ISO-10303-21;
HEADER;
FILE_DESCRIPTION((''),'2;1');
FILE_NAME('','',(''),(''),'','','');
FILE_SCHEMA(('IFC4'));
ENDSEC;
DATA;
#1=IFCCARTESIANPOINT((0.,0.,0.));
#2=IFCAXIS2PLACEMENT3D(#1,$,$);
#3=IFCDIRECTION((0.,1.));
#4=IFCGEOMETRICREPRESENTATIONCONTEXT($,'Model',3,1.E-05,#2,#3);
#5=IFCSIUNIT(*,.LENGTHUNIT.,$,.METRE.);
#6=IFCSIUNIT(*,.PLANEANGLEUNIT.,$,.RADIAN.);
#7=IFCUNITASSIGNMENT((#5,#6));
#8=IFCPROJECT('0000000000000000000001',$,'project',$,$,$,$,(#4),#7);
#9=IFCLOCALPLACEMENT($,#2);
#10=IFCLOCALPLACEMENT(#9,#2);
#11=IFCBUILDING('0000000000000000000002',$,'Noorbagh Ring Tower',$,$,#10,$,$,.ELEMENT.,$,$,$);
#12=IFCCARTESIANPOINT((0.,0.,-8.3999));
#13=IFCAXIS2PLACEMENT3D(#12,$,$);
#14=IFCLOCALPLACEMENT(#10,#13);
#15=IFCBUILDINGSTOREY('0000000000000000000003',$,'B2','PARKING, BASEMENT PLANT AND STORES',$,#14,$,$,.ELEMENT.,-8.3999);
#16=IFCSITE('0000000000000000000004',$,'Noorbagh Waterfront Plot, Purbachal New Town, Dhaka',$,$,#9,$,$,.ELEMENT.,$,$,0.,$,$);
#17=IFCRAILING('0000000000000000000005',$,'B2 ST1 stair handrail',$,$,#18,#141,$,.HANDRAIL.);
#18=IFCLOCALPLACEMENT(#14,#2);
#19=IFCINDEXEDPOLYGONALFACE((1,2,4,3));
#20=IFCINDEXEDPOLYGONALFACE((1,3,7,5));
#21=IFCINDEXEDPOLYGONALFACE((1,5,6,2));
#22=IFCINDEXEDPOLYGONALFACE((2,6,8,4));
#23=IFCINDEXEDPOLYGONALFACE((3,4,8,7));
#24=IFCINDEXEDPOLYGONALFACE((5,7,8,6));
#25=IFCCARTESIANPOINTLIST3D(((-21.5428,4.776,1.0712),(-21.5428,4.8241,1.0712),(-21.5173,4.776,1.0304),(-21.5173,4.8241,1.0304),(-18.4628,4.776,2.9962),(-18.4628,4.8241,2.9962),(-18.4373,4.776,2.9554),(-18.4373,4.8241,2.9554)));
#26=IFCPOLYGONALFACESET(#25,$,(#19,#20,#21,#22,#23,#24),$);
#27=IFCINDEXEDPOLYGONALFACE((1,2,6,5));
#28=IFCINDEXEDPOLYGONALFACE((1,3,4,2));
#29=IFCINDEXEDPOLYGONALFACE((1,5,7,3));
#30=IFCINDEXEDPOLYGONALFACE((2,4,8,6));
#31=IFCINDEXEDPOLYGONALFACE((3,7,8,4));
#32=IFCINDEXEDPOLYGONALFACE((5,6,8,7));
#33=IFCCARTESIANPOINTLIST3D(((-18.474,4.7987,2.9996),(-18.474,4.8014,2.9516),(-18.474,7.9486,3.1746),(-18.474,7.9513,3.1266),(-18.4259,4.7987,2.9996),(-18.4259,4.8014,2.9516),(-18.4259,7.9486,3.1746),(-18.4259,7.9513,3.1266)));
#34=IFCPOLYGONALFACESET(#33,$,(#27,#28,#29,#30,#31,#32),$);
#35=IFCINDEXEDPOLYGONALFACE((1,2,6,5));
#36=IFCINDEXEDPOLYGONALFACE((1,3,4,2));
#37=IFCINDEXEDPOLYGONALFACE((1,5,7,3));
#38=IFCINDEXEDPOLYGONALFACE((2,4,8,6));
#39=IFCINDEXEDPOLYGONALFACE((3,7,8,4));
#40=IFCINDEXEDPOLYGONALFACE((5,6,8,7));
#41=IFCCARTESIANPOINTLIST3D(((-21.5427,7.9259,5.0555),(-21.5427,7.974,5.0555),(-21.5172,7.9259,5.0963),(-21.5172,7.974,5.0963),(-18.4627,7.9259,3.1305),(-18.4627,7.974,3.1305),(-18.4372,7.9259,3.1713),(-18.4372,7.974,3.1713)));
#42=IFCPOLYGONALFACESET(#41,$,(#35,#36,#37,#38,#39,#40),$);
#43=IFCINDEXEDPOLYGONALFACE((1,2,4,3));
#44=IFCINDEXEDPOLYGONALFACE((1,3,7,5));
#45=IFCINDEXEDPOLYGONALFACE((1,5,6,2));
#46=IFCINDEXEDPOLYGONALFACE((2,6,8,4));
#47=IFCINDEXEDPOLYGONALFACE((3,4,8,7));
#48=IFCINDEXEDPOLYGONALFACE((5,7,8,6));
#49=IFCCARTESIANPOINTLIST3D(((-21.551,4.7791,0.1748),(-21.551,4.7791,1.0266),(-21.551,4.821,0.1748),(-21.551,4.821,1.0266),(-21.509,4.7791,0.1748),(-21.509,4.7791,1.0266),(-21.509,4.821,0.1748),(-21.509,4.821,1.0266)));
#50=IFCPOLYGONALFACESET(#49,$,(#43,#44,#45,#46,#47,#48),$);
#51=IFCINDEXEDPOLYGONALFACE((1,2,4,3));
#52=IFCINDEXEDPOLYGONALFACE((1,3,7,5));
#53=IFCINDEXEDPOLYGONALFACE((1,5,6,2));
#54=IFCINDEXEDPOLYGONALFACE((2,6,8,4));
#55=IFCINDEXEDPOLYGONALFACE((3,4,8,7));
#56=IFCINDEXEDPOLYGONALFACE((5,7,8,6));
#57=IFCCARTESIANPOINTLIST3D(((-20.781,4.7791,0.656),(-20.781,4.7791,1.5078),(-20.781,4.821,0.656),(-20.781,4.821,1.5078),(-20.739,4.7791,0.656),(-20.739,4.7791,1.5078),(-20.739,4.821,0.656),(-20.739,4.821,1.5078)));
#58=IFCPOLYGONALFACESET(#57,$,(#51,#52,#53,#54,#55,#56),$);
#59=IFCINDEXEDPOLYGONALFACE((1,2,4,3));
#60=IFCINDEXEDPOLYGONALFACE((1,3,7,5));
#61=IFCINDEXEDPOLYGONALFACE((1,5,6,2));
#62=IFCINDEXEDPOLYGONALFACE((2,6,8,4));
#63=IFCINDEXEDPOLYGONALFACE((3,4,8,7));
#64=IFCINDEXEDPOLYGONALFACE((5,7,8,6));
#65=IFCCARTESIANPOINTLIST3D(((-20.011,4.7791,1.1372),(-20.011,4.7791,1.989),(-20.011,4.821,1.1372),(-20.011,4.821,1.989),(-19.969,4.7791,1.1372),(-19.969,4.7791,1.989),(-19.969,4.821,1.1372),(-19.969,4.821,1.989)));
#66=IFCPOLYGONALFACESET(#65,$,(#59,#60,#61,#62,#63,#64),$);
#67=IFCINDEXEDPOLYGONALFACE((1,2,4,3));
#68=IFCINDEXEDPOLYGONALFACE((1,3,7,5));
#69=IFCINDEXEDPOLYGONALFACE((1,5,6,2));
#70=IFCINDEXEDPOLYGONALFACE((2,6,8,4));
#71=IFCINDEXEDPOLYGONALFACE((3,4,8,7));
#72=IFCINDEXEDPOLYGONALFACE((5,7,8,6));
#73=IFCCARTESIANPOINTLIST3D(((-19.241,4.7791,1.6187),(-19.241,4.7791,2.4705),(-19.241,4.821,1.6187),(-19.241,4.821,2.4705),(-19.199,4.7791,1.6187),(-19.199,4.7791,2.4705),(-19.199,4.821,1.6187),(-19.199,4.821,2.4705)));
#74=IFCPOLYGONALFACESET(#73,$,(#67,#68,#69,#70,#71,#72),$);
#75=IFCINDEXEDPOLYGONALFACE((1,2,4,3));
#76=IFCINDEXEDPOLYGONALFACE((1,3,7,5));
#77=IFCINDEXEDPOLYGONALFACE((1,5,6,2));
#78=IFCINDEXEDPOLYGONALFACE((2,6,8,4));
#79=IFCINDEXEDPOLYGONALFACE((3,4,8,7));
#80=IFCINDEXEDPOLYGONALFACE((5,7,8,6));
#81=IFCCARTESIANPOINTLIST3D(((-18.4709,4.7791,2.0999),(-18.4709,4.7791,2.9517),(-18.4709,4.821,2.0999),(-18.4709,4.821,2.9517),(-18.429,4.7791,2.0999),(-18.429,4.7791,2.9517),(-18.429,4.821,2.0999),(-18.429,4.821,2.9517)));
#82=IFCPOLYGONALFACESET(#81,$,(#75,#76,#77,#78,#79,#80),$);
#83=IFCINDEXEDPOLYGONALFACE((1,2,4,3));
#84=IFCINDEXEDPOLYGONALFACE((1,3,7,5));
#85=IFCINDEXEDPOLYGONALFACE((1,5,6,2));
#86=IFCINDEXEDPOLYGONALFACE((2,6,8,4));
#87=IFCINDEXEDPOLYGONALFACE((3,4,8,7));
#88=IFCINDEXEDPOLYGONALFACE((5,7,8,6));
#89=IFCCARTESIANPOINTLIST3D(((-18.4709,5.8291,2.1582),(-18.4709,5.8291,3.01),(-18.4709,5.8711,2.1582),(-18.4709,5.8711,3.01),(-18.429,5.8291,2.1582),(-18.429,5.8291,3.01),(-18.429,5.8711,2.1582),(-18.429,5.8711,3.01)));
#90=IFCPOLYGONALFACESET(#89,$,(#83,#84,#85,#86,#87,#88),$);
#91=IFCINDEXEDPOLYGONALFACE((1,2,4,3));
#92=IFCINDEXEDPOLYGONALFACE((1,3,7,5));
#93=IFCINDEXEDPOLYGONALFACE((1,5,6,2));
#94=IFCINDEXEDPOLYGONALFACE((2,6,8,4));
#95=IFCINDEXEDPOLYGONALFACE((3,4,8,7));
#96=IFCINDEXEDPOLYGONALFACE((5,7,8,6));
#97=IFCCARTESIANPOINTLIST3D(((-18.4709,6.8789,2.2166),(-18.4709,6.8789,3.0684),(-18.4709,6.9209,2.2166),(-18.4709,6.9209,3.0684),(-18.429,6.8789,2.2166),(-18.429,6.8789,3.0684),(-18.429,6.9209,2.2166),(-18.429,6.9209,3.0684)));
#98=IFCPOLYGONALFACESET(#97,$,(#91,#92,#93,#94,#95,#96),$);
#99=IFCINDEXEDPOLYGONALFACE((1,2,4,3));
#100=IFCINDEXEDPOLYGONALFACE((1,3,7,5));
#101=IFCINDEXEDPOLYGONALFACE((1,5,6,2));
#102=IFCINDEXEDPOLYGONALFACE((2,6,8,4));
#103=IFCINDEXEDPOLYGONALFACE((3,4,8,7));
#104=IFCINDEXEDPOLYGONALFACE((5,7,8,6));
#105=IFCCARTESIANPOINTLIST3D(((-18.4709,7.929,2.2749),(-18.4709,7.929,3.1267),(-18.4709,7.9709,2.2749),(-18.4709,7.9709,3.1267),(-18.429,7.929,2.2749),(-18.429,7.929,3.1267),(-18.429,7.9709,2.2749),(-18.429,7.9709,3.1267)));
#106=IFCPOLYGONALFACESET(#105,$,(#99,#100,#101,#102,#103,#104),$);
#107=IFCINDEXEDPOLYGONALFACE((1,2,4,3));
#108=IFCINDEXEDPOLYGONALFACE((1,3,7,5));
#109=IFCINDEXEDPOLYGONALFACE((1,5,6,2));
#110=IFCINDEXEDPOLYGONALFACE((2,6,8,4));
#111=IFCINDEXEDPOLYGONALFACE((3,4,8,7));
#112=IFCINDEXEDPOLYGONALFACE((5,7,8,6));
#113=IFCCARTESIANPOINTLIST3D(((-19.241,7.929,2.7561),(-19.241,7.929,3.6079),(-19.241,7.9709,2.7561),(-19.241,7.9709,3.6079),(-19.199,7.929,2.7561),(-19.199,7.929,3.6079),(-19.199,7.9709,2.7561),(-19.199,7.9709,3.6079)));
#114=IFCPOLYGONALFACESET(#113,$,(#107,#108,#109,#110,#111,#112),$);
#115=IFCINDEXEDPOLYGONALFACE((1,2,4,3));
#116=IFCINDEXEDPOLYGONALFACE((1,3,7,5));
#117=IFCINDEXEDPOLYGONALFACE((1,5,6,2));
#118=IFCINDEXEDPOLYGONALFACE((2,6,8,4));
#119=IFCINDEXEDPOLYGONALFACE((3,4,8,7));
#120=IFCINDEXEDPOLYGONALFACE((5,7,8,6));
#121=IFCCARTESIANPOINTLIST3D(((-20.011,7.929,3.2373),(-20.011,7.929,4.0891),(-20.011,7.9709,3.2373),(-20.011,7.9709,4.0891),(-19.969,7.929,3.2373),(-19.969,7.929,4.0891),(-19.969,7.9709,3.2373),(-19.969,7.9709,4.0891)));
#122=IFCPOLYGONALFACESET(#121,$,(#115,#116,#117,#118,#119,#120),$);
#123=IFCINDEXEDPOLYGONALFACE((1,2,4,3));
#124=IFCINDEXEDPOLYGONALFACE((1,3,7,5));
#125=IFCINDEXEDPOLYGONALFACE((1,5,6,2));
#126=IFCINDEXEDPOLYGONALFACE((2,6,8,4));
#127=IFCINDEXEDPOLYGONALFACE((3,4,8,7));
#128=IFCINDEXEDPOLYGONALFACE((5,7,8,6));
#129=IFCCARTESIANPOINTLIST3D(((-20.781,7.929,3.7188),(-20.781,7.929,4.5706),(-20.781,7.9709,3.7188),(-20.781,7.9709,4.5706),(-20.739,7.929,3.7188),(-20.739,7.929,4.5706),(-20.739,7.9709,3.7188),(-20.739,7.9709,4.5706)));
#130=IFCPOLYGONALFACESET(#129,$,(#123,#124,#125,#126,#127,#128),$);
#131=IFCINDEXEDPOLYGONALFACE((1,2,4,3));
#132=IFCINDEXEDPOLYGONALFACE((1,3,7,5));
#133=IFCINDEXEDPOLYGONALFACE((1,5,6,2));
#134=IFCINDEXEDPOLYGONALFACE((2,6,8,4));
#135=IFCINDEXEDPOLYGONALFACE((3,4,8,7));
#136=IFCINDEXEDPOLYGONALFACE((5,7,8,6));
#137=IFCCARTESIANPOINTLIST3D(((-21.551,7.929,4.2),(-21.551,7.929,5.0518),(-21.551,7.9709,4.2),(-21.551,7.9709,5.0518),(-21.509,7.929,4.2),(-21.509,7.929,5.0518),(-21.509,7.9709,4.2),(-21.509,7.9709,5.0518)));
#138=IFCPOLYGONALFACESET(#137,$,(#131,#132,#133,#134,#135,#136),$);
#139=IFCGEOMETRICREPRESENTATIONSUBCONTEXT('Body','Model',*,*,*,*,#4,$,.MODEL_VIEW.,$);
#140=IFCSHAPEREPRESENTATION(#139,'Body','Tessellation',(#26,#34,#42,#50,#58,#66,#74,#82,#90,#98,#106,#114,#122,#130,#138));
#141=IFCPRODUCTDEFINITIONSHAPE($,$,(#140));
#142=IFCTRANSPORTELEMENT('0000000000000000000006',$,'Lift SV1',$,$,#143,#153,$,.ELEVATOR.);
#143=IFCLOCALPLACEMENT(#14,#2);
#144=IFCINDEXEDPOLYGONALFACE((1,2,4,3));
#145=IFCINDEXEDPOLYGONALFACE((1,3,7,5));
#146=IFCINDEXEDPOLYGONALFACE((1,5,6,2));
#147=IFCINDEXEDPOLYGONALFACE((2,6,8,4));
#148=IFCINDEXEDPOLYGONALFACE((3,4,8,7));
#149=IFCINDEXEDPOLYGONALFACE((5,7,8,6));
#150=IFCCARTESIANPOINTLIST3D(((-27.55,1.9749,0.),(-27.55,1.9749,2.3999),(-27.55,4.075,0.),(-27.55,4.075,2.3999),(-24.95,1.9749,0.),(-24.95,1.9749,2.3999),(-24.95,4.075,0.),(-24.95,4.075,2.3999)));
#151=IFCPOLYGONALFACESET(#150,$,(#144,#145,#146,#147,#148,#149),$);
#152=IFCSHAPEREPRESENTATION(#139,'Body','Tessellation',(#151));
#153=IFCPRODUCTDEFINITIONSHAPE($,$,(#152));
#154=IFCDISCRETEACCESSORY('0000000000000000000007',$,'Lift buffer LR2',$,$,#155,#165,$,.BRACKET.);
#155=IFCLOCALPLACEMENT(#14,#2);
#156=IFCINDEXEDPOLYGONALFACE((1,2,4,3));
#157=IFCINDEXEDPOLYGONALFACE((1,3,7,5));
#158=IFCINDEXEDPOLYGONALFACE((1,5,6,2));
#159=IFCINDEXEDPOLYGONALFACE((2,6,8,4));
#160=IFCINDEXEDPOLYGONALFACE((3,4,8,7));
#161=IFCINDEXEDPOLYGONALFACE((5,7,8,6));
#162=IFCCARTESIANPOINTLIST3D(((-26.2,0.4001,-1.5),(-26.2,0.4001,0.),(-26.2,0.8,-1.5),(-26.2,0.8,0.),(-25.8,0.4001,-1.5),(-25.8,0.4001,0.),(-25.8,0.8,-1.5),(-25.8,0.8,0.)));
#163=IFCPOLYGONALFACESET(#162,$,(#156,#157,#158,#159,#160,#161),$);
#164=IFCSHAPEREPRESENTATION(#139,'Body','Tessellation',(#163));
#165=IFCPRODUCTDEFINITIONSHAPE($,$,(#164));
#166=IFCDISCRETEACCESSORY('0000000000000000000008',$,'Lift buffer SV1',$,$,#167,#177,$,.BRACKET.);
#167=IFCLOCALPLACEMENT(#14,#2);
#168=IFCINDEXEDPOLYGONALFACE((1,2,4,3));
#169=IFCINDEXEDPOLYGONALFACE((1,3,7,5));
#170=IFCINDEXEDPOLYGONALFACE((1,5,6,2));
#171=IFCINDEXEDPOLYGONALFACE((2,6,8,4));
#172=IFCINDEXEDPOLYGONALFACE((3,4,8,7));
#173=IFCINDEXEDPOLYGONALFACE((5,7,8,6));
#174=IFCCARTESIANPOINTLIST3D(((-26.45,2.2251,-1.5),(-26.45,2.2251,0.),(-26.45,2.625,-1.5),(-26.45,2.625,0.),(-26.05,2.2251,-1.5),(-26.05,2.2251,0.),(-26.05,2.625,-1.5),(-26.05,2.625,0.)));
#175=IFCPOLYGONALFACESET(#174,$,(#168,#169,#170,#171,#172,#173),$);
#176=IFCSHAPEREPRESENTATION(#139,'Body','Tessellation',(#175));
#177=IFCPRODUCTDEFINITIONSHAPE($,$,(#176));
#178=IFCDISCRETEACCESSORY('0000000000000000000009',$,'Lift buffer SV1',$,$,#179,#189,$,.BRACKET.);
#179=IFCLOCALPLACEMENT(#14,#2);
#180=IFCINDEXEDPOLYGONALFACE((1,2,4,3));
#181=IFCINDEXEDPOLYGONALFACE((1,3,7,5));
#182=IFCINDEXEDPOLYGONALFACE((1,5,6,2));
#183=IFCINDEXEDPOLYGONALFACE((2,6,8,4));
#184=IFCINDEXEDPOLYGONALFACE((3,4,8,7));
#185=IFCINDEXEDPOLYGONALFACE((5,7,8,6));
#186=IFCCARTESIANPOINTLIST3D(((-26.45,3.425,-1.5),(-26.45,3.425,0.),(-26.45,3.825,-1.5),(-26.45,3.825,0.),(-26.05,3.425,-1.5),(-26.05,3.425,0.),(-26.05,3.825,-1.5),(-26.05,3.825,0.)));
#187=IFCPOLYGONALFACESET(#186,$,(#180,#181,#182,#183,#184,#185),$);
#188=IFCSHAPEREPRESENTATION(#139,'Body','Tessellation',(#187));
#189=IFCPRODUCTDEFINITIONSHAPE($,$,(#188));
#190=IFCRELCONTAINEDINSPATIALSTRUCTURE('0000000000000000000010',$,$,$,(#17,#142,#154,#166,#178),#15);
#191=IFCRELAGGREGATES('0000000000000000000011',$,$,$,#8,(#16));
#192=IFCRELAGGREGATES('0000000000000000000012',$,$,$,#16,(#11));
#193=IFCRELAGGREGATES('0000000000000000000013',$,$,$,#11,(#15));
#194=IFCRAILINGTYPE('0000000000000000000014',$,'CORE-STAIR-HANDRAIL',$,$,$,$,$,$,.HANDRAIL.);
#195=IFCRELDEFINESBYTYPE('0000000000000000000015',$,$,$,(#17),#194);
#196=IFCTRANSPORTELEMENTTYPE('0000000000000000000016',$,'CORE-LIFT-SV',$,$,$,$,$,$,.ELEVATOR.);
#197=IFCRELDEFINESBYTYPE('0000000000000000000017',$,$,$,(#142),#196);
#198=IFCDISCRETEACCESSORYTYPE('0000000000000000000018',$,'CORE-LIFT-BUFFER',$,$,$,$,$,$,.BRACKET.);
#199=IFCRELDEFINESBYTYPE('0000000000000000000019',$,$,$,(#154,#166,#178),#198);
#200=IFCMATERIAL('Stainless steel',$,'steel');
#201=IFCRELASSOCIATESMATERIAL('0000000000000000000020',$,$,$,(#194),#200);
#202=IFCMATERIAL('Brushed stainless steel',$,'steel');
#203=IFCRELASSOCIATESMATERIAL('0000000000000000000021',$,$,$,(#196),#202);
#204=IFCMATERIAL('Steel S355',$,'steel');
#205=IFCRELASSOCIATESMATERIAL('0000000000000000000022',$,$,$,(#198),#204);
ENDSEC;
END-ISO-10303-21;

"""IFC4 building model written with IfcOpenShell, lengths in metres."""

from ifc_helpers import new_model, si_unit, direction, frame, origin, origin_2d, place, context, subcontext, project, spatial, rectangle, extrude, material, type_object, element, save


model = new_model("IFC4")

# Units and contexts
model_context = context("Model", 3, precision=1e-05, world=origin(), true_north=direction((0.0, 1.0)))
body_context = subcontext(model_context, "Body", "Model", "MODEL_VIEW")
ifc_project = project(units=[si_unit("LENGTHUNIT", "METRE"), si_unit("PLANEANGLEUNIT", "RADIAN")], contexts=[model_context])

# Site, building, storey
site_placement = place(None, origin())
site = spatial("IfcSite", under=ifc_project, at=site_placement, Name="Noorbagh Waterfront Plot, Purbachal New Town, Dhaka", CompositionType="ELEMENT", RefElevation=0.0)
building_placement = place(site_placement, origin())
building = spatial("IfcBuilding", under=site, at=building_placement, Name="Noorbagh Ring Tower", CompositionType="ELEMENT")
storey_placement = place(building_placement, frame((0.0, 0.0, -8.3999)))
storey = spatial("IfcBuildingStorey", under=building, at=storey_placement, Name="B2", Description="PARKING, BASEMENT PLANT AND STORES", CompositionType="ELEMENT", Elevation=-8.3999)

# Railing
ifc_material_1 = material(Name="Stainless steel", Category="steel")
railing_type_1 = type_object("IfcRailingType", Name="CORE-STAIR-HANDRAIL", PredefinedType="HANDRAIL", material=ifc_material_1)
railing_1_placement = place(storey_placement, frame((-21.53, 4.8, 0.1748)))
element("IfcRailing", 1, at=railing_1_placement, inside=storey, type_object=railing_type_1, Name="B2 ST1 stair handrail", PredefinedType="HANDRAIL", context=body_context, shape_type="SweptSolid", body=[
    extrude(rectangle(XDim=0.0481, YDim=0.0481, at=origin_2d()), frame((0.0, 0.0, 0.876), z_axis=(0.847998, 0.0, 0.529999), x_axis=(0.0, 1.0, 0.0)), (0.0, 0.0, 1.0), 3.6321),
    extrude(rectangle(XDim=0.0481, YDim=0.0481, at=origin_2d()), frame((3.0801, 0.0, 2.8008), z_axis=(0.0, 0.998459, 0.055487), x_axis=(-1.0, 0.0, 0.0)), (0.0, 0.0, 1.0), 3.1548),
    extrude(rectangle(XDim=0.0481, YDim=0.0481, at=origin_2d()), frame((3.0801, 3.1499, 2.9761), z_axis=(-0.847998, 0.0, 0.529999), x_axis=(0.0, -1.0, 0.0)), (0.0, 0.0, 1.0), 3.6321),
    extrude(rectangle(XDim=0.042, YDim=0.042, at=origin_2d()), origin(), (0.0, 0.0, 1.0), 0.8518),
    extrude(rectangle(XDim=0.042, YDim=0.042, at=origin_2d()), frame((0.77, 0.0, 0.4812)), (0.0, 0.0, 1.0), 0.8518),
    extrude(rectangle(XDim=0.042, YDim=0.042, at=origin_2d()), frame((1.54, 0.0, 0.9624)), (0.0, 0.0, 1.0), 0.8518),
    extrude(rectangle(XDim=0.042, YDim=0.042, at=origin_2d()), frame((2.3101, 0.0, 1.4438)), (0.0, 0.0, 1.0), 0.8518),
    extrude(rectangle(XDim=0.042, YDim=0.042, at=origin_2d()), frame((3.0801, 0.0, 1.925)), (0.0, 0.0, 1.0), 0.8518),
    extrude(rectangle(XDim=0.042, YDim=0.042, at=origin_2d()), frame((3.0801, 1.05, 1.9834)), (0.0, 0.0, 1.0), 0.8518),
    extrude(rectangle(XDim=0.042, YDim=0.042, at=origin_2d()), frame((3.0801, 2.0999, 2.0417)), (0.0, 0.0, 1.0), 0.8518),
    extrude(rectangle(XDim=0.042, YDim=0.042, at=origin_2d()), frame((3.0801, 3.1499, 2.1001)), (0.0, 0.0, 1.0), 0.8518),
    extrude(rectangle(XDim=0.042, YDim=0.042, at=origin_2d()), frame((2.3101, 3.1499, 2.5813)), (0.0, 0.0, 1.0), 0.8518),
    extrude(rectangle(XDim=0.042, YDim=0.042, at=origin_2d()), frame((1.54, 3.1499, 3.0625)), (0.0, 0.0, 1.0), 0.8518),
    extrude(rectangle(XDim=0.042, YDim=0.042, at=origin_2d()), frame((0.77, 3.1499, 3.5439)), (0.0, 0.0, 1.0), 0.8518),
    extrude(rectangle(XDim=0.042, YDim=0.042, at=origin_2d()), frame((0.0, 3.1499, 4.0251)), (0.0, 0.0, 1.0), 0.8518),
])

# Transport element
ifc_material_2 = material(Name="Brushed stainless steel", Category="steel")
transport_element_type = type_object("IfcTransportElementType", Name="CORE-LIFT-SV", PredefinedType="ELEVATOR", material=ifc_material_2)
transport_element_placement = place(storey_placement, frame((-26.25, 3.0249, 0.0), z_axis=(0.0, 0.0, 1.0), x_axis=(1.0, 0.0, 0.0)))
element("IfcTransportElement", 2, at=transport_element_placement, inside=storey, type_object=transport_element_type, Name="Lift SV1", PredefinedType="ELEVATOR", context=body_context, shape_type="SweptSolid", body=[
    extrude(rectangle(XDim=2.6001, YDim=2.1001, at=origin_2d()), origin(), (0.0, 0.0, 1.0), 2.3999),
])

# Discrete accessories
ifc_material_3 = material(Name="Steel S355", Category="steel")
discrete_accessory_type = type_object("IfcDiscreteAccessoryType", Name="CORE-LIFT-BUFFER", PredefinedType="BRACKET", material=ifc_material_3)
for number, where, z_axis, x_axis, name in (
    (3, (-26.0, 0.6001, -1.5), (0.0, 0.0, 1.0), (1.0, 0.0, 0.0), "Lift buffer LR2"),
    (4, (-26.25, 2.425, -1.5), (0.0, 0.0, 1.0), (1.0, 0.0, 0.0), "Lift buffer SV1"),
    (5, (-26.25, 3.625, -1.5), (0.0, 0.0, 1.0), (1.0, 0.0, 0.0), "Lift buffer SV1"),
):
    element("IfcDiscreteAccessory", number, at=place(storey_placement, frame(where, z_axis=z_axis, x_axis=x_axis)), inside=storey, type_object=discrete_accessory_type, Name=name, PredefinedType="BRACKET", context=body_context, shape_type="SweptSolid", body=[
        extrude(rectangle(XDim=0.3999, YDim=0.3999, at=origin_2d()), origin(), (0.0, 0.0, 1.0), 1.5),
    ])

save(model, "model.ifc")
